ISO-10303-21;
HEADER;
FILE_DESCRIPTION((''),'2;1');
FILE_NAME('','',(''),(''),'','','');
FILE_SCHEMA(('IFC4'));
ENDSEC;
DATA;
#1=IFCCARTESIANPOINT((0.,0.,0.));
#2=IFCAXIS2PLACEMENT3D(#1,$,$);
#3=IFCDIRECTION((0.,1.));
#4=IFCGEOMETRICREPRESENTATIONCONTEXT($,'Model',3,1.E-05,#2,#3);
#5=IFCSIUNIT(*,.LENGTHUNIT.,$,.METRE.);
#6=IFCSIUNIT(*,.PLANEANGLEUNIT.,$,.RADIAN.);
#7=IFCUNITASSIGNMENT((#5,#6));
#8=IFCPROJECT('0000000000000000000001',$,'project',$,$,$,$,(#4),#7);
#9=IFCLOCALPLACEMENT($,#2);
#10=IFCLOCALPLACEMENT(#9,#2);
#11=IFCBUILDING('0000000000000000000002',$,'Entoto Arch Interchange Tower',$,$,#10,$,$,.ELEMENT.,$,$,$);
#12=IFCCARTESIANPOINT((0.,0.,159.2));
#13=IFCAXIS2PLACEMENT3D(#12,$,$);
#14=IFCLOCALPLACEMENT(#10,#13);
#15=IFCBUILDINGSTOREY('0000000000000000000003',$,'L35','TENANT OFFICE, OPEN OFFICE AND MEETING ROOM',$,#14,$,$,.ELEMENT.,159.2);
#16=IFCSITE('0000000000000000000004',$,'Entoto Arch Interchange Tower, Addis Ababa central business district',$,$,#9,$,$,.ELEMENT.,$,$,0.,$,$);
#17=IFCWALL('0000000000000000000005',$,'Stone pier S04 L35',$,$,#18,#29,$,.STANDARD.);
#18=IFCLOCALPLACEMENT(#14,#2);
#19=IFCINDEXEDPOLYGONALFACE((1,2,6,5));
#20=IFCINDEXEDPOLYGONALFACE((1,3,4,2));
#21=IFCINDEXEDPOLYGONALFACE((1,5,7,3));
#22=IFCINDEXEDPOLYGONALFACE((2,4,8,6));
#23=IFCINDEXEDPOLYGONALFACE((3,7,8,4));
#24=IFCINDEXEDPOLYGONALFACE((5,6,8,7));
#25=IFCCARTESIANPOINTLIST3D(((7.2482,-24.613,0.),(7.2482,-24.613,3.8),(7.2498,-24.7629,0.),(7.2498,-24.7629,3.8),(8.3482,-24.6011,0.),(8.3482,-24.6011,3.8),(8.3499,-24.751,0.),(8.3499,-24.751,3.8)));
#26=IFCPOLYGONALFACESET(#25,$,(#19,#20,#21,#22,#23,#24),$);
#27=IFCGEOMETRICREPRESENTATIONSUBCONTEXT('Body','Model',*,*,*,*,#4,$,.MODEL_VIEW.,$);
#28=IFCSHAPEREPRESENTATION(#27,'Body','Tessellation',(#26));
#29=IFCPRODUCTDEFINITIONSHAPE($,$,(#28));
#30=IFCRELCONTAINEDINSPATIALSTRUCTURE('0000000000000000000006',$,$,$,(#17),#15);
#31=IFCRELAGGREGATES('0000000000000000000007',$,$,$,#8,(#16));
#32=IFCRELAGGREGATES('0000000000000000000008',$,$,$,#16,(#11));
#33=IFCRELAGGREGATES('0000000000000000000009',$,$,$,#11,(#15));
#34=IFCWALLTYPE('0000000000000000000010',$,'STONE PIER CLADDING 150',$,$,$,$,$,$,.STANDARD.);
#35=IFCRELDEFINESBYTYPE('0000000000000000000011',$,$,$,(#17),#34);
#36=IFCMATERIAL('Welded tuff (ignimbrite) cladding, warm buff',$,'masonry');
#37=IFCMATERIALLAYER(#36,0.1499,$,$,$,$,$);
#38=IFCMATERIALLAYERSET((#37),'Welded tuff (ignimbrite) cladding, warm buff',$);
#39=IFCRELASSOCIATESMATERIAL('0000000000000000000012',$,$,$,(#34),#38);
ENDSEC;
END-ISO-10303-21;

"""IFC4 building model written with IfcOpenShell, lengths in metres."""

from ifc_helpers import new_model, si_unit, direction, frame, frame_2d, origin, place, context, subcontext, project, spatial, rectangle, extrude, material, layer, layer_set, type_object, element, save


model = new_model("IFC4")

# Units and contexts
model_context = context("Model", 3, precision=1e-05, world=origin(), true_north=direction((0.0, 1.0)))
body_context = subcontext(model_context, "Body", "Model", "MODEL_VIEW")
ifc_project = project(units=[si_unit("LENGTHUNIT", "METRE"), si_unit("PLANEANGLEUNIT", "RADIAN")], contexts=[model_context])

# Site, building, storey
site_placement = place(None, origin())
site = spatial("IfcSite", under=ifc_project, at=site_placement, Name="Entoto Arch Interchange Tower, Addis Ababa central business district", CompositionType="ELEMENT", RefElevation=0.0)
building_placement = place(site_placement, origin())
building = spatial("IfcBuilding", under=site, at=building_placement, Name="Entoto Arch Interchange Tower", CompositionType="ELEMENT")
storey_placement = place(building_placement, frame((0.0, 0.0, 159.2)))
storey = spatial("IfcBuildingStorey", under=building, at=storey_placement, Name="L35", Description="TENANT OFFICE, OPEN OFFICE AND MEETING ROOM", CompositionType="ELEMENT", Elevation=159.2)

# Shared definitions
ifc_material_1 = material(Name="Welded tuff (ignimbrite) cladding, warm buff", Category="masonry")

# Wall
ifc_layer_1 = layer(ifc_material_1, 0.1499)
ifc_layer_set_1 = layer_set([ifc_layer_1], Name="Welded tuff (ignimbrite) cladding, warm buff")
wall_type_1 = type_object("IfcWallType", Name="STONE PIER CLADDING 150", PredefinedType="STANDARD", material=ifc_layer_set_1)
wall_1_placement = place(storey_placement, frame((7.249, -24.688, 0.0), z_axis=(0.0, 0.0, 1.0), x_axis=(0.999941, 0.010874, 0.0)))
element("IfcWall", 1, at=wall_1_placement, inside=storey, type_object=wall_type_1, Name="Stone pier S04 L35", PredefinedType="STANDARD", context=body_context, shape_type="SweptSolid", body=[
    extrude(rectangle(XDim=1.1001, YDim=0.1499, at=frame_2d((0.55, 0.0))), origin(), (0.0, 0.0, 1.0), 3.8),
])

save(model, "model.ifc")
